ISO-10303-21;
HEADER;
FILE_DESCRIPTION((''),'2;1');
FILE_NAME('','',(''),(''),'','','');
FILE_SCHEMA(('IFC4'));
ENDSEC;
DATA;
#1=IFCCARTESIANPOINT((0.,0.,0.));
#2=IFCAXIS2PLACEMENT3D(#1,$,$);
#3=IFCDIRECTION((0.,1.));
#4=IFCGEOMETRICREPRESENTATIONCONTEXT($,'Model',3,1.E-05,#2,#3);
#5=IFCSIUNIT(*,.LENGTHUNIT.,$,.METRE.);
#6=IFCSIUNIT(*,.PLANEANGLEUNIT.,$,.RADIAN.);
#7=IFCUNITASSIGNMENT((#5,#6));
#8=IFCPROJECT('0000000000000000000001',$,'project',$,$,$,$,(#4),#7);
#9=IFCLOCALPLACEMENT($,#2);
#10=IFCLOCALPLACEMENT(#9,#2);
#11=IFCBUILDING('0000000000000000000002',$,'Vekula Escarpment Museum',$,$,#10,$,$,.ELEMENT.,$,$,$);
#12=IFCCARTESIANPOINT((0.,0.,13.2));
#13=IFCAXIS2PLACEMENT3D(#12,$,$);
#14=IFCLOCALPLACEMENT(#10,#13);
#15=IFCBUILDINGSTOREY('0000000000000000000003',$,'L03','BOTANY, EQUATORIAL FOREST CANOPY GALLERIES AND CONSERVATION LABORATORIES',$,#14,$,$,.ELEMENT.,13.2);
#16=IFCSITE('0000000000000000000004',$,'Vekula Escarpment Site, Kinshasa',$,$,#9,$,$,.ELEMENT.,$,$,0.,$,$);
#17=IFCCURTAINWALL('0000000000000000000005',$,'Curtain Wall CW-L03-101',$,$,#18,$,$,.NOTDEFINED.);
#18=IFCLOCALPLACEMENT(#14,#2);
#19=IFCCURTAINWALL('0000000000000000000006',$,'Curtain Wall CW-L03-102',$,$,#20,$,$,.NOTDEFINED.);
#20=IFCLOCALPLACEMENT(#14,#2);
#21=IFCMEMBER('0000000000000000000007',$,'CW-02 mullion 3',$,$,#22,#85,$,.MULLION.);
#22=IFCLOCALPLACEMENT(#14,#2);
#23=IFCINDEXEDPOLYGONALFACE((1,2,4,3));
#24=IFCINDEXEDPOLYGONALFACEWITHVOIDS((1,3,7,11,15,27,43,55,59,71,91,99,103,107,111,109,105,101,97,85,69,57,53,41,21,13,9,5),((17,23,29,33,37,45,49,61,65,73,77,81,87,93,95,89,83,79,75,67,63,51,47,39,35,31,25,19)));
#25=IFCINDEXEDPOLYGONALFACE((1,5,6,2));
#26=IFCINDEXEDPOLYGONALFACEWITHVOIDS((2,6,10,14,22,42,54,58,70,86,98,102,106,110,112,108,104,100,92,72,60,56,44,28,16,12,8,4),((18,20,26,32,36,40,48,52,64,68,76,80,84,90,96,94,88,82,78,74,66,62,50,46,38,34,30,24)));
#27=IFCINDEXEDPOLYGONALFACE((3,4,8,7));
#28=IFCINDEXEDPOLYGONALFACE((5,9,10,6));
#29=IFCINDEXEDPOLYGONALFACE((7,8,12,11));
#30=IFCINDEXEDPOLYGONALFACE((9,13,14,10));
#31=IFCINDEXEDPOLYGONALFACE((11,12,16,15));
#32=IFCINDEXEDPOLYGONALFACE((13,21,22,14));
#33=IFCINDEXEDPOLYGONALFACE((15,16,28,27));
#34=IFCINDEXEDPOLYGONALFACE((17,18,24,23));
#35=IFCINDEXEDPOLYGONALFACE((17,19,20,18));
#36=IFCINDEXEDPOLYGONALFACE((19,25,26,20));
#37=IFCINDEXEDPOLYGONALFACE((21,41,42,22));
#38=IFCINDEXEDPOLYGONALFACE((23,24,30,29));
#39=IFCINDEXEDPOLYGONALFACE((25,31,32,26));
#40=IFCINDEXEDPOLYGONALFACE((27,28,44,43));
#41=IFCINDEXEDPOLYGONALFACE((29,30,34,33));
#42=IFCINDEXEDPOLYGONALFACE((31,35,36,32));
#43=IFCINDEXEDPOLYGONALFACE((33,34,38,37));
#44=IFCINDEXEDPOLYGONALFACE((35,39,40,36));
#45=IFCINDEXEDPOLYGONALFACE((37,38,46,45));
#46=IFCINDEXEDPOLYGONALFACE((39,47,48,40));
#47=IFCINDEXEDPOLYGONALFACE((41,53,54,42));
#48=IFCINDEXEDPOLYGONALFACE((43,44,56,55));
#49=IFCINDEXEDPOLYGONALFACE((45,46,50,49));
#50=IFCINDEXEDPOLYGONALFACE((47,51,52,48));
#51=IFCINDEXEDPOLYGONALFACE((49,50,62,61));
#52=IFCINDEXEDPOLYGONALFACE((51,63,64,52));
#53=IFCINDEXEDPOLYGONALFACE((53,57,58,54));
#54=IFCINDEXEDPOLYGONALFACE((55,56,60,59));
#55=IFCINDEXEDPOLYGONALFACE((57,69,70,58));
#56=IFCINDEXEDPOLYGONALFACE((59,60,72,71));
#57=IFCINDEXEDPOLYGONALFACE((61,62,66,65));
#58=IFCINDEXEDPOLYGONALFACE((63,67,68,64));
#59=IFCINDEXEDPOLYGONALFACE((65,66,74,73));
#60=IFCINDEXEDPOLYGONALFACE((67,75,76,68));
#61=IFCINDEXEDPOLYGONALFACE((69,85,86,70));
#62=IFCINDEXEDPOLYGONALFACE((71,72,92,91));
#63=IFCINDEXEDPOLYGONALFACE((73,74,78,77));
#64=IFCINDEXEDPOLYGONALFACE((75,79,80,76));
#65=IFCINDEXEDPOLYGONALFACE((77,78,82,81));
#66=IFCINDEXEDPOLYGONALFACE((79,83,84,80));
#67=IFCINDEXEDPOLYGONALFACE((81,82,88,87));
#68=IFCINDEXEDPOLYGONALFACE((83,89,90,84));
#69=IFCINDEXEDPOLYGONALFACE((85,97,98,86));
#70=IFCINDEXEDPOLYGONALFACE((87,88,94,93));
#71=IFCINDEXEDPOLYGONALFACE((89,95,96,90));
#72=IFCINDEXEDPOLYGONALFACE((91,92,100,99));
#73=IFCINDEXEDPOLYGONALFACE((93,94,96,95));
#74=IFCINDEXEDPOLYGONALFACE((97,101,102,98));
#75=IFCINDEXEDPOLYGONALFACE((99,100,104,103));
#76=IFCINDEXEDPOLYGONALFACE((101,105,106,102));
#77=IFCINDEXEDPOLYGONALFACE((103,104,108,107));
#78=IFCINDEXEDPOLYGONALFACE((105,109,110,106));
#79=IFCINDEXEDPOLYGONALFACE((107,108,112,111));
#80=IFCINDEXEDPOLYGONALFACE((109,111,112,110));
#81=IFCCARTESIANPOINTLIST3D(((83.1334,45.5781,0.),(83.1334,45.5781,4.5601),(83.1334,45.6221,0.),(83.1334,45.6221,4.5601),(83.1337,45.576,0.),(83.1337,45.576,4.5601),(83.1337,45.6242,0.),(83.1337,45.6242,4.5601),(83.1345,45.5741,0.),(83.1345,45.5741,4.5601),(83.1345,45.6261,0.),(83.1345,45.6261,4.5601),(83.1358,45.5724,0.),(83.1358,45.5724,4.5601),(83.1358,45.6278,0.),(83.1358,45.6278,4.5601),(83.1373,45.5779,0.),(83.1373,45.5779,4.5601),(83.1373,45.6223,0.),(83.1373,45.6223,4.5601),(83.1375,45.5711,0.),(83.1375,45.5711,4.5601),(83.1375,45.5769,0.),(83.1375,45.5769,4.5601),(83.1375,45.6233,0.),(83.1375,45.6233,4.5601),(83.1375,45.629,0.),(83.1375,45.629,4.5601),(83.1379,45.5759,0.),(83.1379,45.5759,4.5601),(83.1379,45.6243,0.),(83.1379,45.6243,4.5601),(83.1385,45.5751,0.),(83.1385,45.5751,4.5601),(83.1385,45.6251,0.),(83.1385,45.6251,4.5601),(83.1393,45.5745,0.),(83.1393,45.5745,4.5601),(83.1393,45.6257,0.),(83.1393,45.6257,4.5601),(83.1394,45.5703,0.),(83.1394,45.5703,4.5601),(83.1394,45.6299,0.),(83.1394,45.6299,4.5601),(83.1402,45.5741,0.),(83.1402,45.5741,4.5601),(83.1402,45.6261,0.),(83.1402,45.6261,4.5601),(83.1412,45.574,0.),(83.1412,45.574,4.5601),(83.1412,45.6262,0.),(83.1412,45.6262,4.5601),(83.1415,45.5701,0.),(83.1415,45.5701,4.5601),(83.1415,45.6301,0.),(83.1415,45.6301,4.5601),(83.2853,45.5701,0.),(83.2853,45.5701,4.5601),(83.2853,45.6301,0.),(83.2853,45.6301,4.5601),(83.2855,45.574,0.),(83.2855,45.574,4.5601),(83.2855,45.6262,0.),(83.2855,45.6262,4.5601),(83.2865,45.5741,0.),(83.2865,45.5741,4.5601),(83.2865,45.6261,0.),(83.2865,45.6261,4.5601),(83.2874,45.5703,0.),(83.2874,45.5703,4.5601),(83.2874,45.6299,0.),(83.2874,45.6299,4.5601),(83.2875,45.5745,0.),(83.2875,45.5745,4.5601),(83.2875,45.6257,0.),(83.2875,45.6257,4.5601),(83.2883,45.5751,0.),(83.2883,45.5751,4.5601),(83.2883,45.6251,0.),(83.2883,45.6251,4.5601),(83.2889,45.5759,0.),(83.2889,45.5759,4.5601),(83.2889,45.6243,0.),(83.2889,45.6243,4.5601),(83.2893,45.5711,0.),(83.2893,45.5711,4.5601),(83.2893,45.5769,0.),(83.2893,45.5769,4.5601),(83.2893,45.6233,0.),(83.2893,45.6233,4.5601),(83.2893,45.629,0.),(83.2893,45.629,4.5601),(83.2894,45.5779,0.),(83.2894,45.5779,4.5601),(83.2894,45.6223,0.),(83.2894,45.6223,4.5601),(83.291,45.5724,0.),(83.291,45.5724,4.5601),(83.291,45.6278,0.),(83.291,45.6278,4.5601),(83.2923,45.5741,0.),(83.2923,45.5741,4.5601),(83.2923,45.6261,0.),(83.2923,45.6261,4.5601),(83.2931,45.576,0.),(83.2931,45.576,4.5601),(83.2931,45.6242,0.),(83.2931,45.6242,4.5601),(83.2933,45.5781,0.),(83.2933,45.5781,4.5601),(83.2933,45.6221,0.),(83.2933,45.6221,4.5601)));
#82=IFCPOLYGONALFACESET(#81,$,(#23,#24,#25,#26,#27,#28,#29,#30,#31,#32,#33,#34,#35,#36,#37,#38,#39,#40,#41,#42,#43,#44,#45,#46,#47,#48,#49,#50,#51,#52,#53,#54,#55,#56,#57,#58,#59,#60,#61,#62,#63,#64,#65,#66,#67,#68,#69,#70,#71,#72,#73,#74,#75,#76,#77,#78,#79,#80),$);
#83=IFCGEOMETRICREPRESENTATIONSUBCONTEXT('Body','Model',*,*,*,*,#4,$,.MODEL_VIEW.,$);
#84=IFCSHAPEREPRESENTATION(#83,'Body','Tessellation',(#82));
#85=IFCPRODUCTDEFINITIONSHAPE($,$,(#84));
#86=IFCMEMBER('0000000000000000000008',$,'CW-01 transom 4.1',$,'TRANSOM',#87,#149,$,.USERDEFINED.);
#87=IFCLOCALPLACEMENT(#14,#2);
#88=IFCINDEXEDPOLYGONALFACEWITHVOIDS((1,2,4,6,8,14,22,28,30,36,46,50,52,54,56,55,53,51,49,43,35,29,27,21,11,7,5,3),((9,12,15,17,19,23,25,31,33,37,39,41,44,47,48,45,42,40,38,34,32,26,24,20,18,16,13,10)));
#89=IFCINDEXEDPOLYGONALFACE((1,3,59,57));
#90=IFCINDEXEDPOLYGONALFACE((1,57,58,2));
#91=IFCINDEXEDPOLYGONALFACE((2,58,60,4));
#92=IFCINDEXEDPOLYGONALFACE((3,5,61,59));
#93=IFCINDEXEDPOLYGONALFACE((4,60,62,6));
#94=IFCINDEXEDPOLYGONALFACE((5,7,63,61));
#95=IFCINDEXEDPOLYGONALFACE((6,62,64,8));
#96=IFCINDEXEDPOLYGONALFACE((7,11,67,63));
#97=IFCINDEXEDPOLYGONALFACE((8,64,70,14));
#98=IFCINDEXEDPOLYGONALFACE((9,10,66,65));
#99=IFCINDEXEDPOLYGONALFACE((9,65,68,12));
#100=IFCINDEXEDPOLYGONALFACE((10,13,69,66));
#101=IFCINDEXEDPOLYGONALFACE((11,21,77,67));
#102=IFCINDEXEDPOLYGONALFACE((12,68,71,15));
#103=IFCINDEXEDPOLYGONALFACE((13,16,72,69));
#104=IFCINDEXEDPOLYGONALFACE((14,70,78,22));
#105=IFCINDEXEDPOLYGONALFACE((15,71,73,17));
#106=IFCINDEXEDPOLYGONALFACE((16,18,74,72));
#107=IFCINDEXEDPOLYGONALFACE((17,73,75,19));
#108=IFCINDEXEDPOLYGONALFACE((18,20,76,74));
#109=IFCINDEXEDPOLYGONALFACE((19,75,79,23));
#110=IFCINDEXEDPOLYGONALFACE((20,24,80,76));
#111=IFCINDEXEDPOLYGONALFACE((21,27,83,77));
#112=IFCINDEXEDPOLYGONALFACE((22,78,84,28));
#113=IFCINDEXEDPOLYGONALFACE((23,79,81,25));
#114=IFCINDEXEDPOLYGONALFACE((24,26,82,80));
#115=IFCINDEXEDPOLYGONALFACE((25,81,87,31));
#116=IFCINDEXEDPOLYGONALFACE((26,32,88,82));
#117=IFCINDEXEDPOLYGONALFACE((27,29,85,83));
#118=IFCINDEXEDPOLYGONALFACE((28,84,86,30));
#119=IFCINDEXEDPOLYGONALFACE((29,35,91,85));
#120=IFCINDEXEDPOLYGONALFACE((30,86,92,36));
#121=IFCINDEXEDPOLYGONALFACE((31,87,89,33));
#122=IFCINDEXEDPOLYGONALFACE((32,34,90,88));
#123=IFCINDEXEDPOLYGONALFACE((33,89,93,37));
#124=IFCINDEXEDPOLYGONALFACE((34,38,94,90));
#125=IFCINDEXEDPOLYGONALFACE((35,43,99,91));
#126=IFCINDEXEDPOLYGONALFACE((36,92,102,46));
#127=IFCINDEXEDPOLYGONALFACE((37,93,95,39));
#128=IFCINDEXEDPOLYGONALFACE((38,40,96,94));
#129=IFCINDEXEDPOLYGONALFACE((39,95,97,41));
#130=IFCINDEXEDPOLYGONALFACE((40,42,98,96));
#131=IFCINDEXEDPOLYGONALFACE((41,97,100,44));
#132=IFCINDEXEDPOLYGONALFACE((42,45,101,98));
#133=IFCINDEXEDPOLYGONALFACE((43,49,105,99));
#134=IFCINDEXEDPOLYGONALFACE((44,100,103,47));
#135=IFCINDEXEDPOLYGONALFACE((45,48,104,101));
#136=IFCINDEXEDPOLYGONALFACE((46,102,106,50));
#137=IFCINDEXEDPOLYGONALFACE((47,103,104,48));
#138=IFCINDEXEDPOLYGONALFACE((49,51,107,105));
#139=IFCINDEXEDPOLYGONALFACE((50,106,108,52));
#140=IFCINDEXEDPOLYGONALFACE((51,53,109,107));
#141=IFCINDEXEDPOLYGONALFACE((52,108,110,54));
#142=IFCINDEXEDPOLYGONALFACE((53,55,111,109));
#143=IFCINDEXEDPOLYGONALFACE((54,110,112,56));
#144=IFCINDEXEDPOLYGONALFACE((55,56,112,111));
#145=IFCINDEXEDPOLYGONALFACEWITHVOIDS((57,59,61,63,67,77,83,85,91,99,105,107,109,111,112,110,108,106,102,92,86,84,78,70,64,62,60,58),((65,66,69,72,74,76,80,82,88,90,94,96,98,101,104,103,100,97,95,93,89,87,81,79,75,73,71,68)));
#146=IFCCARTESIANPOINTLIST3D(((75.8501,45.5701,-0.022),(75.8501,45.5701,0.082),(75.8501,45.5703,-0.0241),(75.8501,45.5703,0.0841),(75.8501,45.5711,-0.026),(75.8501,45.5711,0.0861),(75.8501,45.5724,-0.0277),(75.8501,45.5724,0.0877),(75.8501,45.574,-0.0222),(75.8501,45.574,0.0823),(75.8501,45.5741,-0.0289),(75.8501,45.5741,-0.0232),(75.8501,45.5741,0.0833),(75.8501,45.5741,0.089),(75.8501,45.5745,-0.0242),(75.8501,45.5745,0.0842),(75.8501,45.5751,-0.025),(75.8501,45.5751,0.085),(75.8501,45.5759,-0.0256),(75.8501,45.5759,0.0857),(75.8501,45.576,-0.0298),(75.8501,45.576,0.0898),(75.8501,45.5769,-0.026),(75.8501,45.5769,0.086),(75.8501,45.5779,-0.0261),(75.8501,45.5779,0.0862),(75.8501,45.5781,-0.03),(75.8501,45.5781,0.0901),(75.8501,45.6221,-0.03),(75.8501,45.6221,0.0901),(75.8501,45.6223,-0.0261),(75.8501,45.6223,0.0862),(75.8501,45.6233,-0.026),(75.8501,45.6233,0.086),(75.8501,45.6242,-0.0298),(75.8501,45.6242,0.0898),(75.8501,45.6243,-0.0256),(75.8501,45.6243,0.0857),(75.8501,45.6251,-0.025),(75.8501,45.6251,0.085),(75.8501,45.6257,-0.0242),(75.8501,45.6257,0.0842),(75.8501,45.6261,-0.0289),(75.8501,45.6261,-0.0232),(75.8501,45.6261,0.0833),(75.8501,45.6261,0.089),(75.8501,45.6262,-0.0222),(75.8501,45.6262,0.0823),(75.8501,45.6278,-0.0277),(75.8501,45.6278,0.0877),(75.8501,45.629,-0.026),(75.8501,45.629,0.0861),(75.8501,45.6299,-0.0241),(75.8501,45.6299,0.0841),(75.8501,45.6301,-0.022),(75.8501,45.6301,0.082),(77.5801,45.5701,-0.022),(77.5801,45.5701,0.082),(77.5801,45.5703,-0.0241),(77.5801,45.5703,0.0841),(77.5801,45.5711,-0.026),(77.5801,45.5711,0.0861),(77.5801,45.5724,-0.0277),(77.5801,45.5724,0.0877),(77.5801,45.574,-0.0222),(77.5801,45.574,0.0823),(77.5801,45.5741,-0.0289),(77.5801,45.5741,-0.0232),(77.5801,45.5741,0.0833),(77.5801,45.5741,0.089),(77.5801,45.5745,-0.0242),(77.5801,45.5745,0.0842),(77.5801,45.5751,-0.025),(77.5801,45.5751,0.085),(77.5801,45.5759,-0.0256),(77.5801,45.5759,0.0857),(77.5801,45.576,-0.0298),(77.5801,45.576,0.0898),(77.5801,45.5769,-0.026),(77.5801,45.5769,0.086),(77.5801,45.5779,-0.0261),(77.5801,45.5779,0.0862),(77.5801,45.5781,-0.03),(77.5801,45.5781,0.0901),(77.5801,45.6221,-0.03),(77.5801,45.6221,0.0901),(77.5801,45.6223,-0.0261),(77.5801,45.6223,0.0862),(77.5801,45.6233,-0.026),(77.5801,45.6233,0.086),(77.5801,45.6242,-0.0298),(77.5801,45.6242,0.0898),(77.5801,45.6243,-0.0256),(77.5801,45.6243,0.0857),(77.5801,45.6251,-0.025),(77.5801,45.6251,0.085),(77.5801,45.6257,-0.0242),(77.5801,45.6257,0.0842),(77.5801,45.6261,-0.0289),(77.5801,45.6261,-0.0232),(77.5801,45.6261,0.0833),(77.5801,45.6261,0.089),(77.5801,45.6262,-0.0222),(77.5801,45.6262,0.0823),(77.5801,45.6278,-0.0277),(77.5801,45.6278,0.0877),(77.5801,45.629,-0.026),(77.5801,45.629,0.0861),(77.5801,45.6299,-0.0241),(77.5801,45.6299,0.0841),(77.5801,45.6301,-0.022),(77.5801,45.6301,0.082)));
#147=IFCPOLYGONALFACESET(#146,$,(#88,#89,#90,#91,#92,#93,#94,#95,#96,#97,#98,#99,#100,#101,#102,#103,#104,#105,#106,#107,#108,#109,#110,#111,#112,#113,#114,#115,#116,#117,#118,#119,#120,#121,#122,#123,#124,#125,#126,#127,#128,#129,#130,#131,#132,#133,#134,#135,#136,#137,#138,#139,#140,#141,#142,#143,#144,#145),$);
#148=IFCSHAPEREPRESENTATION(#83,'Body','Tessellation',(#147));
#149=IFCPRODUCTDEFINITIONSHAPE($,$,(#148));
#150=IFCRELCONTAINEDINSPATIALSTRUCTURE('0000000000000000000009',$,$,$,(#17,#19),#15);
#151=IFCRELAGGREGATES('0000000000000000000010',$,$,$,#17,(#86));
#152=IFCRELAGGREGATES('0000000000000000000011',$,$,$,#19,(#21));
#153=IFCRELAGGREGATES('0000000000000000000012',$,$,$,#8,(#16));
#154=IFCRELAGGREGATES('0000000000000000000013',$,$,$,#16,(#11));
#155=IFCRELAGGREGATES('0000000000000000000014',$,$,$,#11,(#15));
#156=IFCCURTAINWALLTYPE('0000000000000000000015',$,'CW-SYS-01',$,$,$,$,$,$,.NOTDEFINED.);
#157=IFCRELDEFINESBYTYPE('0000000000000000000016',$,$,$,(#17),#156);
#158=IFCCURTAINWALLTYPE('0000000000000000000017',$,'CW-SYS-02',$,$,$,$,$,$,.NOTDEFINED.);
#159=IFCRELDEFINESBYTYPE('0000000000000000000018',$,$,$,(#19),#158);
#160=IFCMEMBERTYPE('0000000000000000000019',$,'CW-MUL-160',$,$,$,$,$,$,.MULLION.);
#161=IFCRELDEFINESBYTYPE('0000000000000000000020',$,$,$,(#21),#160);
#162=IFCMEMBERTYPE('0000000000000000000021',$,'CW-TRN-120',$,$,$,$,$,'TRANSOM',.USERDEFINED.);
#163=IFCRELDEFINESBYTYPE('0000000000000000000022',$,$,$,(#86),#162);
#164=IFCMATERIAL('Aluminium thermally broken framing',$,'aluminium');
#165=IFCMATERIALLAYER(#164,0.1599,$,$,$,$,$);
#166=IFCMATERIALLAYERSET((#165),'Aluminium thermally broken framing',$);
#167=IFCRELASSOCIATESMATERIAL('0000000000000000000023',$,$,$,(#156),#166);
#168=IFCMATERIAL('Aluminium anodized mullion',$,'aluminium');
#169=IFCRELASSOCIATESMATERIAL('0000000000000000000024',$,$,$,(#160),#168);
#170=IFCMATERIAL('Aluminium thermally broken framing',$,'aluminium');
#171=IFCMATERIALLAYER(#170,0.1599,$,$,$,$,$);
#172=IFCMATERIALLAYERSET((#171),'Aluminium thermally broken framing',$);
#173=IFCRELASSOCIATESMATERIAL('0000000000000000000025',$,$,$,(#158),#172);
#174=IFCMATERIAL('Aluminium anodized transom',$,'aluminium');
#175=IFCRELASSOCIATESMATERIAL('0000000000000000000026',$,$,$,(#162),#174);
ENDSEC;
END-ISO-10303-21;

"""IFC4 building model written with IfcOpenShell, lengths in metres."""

from ifc_helpers import new_model, si_unit, direction, frame, origin, origin_2d, place, context, subcontext, project, spatial, hollow_rectangle, extrude, material, layer, layer_set, material_profile, profile_set, type_object, element, aggregate, save


model = new_model("IFC4")

# Units and contexts
model_context = context("Model", 3, precision=1e-05, world=origin(), true_north=direction((0.0, 1.0)))
body_context = subcontext(model_context, "Body", "Model", "MODEL_VIEW")
ifc_project = project(units=[si_unit("LENGTHUNIT", "METRE"), si_unit("PLANEANGLEUNIT", "RADIAN")], contexts=[model_context])

# Site, building, storey
site_placement = place(None, origin())
site = spatial("IfcSite", under=ifc_project, at=site_placement, Name="Vekula Escarpment Site, Kinshasa", CompositionType="ELEMENT", RefElevation=0.0)
building_placement = place(site_placement, origin())
building = spatial("IfcBuilding", under=site, at=building_placement, Name="Vekula Escarpment Museum", CompositionType="ELEMENT")
storey_placement = place(building_placement, frame((0.0, 0.0, 13.2)))
storey = spatial("IfcBuildingStorey", under=building, at=storey_placement, Name="L03", Description="BOTANY, EQUATORIAL FOREST CANOPY GALLERIES AND CONSERVATION LABORATORIES", CompositionType="ELEMENT", Elevation=13.2)

# Curtain walls, member
ifc_material_1 = material(Name="Aluminium thermally broken framing", Category="aluminium")
ifc_layer_1 = layer(ifc_material_1, 0.1599)
ifc_layer_set_1 = layer_set([ifc_layer_1], Name="Aluminium thermally broken framing")
curtain_wall_type_1 = type_object("IfcCurtainWallType", Name="CW-SYS-01", PredefinedType="NOTDEFINED", material=ifc_layer_set_1)
curtain_wall_1_placement = place(storey_placement, origin())
curtain_wall_1 = element("IfcCurtainWall", 1, at=curtain_wall_1_placement, inside=storey, type_object=curtain_wall_type_1, Name="Curtain Wall CW-L03-101", PredefinedType="NOTDEFINED")
ifc_material_2 = material(Name="Aluminium anodized mullion", Category="aluminium")
ifc_material_profile_1 = material_profile(ifc_material_2, hollow_rectangle(XDim=0.0601, YDim=0.1599, WallThickness=0.0039, InnerFilletRadius=0.0039, OuterFilletRadius=0.0081, at=origin_2d()), Name="ALU 160x60x4")
ifc_profile_set_1 = profile_set([ifc_material_profile_1], Name="Aluminium anodized mullion")
member_type_1 = type_object("IfcMemberType", Name="CW-MUL-160", PredefinedType="MULLION", material=ifc_profile_set_1)
ifc_material_3 = material(Name="Aluminium thermally broken framing", Category="aluminium")
ifc_layer_2 = layer(ifc_material_3, 0.1599)
ifc_layer_set_2 = layer_set([ifc_layer_2], Name="Aluminium thermally broken framing")
curtain_wall_type_2 = type_object("IfcCurtainWallType", Name="CW-SYS-02", PredefinedType="NOTDEFINED", material=ifc_layer_set_2)
curtain_wall_2_placement = place(storey_placement, origin())
curtain_wall_2 = element("IfcCurtainWall", 2, at=curtain_wall_2_placement, inside=storey, type_object=curtain_wall_type_2, Name="Curtain Wall CW-L03-102", PredefinedType="NOTDEFINED")
member_1_placement = place(storey_placement, frame((83.2134, 45.6001, 0.0), z_axis=(0.0, 0.0, 1.0), x_axis=(0.0, 1.0, 0.0)))
member_1 = element("IfcMember", 3, at=member_1_placement, type_object=member_type_1, Name="CW-02 mullion 3", PredefinedType="MULLION", context=body_context, shape_type="SweptSolid", body=[
    extrude(hollow_rectangle(XDim=0.0601, YDim=0.1599, WallThickness=0.0039, InnerFilletRadius=0.0039, OuterFilletRadius=0.0081, at=origin_2d()), origin(), (0.0, 0.0, 1.0), 4.5601),
])

# Member
ifc_material_4 = material(Name="Aluminium anodized transom", Category="aluminium")
ifc_material_profile_2 = material_profile(ifc_material_4, hollow_rectangle(XDim=0.0601, YDim=0.1201, WallThickness=0.0039, InnerFilletRadius=0.0039, OuterFilletRadius=0.0081, at=origin_2d()), Name="ALU 120x60x4")
ifc_profile_set_2 = profile_set([ifc_material_profile_2], Name="Aluminium anodized transom")
member_type_2 = type_object("IfcMemberType", Name="CW-TRN-120", ElementType="TRANSOM", PredefinedType="USERDEFINED", material=ifc_profile_set_2)
member_2_placement = place(storey_placement, frame((75.8501, 45.6001, 0.03), z_axis=(1.0, 0.0, 0.0), x_axis=(0.0, 1.0, 0.0)))
member_2 = element("IfcMember", 4, at=member_2_placement, type_object=member_type_2, Name="CW-01 transom 4.1", ObjectType="TRANSOM", PredefinedType="USERDEFINED", context=body_context, shape_type="SweptSolid", body=[
    extrude(hollow_rectangle(XDim=0.0601, YDim=0.1201, WallThickness=0.0039, InnerFilletRadius=0.0039, OuterFilletRadius=0.0081, at=origin_2d()), origin(), (0.0, 0.0, 1.0), 1.73),
])

aggregate(curtain_wall_1, [member_2])
aggregate(curtain_wall_2, [member_1])

save(model, "model.ifc")
